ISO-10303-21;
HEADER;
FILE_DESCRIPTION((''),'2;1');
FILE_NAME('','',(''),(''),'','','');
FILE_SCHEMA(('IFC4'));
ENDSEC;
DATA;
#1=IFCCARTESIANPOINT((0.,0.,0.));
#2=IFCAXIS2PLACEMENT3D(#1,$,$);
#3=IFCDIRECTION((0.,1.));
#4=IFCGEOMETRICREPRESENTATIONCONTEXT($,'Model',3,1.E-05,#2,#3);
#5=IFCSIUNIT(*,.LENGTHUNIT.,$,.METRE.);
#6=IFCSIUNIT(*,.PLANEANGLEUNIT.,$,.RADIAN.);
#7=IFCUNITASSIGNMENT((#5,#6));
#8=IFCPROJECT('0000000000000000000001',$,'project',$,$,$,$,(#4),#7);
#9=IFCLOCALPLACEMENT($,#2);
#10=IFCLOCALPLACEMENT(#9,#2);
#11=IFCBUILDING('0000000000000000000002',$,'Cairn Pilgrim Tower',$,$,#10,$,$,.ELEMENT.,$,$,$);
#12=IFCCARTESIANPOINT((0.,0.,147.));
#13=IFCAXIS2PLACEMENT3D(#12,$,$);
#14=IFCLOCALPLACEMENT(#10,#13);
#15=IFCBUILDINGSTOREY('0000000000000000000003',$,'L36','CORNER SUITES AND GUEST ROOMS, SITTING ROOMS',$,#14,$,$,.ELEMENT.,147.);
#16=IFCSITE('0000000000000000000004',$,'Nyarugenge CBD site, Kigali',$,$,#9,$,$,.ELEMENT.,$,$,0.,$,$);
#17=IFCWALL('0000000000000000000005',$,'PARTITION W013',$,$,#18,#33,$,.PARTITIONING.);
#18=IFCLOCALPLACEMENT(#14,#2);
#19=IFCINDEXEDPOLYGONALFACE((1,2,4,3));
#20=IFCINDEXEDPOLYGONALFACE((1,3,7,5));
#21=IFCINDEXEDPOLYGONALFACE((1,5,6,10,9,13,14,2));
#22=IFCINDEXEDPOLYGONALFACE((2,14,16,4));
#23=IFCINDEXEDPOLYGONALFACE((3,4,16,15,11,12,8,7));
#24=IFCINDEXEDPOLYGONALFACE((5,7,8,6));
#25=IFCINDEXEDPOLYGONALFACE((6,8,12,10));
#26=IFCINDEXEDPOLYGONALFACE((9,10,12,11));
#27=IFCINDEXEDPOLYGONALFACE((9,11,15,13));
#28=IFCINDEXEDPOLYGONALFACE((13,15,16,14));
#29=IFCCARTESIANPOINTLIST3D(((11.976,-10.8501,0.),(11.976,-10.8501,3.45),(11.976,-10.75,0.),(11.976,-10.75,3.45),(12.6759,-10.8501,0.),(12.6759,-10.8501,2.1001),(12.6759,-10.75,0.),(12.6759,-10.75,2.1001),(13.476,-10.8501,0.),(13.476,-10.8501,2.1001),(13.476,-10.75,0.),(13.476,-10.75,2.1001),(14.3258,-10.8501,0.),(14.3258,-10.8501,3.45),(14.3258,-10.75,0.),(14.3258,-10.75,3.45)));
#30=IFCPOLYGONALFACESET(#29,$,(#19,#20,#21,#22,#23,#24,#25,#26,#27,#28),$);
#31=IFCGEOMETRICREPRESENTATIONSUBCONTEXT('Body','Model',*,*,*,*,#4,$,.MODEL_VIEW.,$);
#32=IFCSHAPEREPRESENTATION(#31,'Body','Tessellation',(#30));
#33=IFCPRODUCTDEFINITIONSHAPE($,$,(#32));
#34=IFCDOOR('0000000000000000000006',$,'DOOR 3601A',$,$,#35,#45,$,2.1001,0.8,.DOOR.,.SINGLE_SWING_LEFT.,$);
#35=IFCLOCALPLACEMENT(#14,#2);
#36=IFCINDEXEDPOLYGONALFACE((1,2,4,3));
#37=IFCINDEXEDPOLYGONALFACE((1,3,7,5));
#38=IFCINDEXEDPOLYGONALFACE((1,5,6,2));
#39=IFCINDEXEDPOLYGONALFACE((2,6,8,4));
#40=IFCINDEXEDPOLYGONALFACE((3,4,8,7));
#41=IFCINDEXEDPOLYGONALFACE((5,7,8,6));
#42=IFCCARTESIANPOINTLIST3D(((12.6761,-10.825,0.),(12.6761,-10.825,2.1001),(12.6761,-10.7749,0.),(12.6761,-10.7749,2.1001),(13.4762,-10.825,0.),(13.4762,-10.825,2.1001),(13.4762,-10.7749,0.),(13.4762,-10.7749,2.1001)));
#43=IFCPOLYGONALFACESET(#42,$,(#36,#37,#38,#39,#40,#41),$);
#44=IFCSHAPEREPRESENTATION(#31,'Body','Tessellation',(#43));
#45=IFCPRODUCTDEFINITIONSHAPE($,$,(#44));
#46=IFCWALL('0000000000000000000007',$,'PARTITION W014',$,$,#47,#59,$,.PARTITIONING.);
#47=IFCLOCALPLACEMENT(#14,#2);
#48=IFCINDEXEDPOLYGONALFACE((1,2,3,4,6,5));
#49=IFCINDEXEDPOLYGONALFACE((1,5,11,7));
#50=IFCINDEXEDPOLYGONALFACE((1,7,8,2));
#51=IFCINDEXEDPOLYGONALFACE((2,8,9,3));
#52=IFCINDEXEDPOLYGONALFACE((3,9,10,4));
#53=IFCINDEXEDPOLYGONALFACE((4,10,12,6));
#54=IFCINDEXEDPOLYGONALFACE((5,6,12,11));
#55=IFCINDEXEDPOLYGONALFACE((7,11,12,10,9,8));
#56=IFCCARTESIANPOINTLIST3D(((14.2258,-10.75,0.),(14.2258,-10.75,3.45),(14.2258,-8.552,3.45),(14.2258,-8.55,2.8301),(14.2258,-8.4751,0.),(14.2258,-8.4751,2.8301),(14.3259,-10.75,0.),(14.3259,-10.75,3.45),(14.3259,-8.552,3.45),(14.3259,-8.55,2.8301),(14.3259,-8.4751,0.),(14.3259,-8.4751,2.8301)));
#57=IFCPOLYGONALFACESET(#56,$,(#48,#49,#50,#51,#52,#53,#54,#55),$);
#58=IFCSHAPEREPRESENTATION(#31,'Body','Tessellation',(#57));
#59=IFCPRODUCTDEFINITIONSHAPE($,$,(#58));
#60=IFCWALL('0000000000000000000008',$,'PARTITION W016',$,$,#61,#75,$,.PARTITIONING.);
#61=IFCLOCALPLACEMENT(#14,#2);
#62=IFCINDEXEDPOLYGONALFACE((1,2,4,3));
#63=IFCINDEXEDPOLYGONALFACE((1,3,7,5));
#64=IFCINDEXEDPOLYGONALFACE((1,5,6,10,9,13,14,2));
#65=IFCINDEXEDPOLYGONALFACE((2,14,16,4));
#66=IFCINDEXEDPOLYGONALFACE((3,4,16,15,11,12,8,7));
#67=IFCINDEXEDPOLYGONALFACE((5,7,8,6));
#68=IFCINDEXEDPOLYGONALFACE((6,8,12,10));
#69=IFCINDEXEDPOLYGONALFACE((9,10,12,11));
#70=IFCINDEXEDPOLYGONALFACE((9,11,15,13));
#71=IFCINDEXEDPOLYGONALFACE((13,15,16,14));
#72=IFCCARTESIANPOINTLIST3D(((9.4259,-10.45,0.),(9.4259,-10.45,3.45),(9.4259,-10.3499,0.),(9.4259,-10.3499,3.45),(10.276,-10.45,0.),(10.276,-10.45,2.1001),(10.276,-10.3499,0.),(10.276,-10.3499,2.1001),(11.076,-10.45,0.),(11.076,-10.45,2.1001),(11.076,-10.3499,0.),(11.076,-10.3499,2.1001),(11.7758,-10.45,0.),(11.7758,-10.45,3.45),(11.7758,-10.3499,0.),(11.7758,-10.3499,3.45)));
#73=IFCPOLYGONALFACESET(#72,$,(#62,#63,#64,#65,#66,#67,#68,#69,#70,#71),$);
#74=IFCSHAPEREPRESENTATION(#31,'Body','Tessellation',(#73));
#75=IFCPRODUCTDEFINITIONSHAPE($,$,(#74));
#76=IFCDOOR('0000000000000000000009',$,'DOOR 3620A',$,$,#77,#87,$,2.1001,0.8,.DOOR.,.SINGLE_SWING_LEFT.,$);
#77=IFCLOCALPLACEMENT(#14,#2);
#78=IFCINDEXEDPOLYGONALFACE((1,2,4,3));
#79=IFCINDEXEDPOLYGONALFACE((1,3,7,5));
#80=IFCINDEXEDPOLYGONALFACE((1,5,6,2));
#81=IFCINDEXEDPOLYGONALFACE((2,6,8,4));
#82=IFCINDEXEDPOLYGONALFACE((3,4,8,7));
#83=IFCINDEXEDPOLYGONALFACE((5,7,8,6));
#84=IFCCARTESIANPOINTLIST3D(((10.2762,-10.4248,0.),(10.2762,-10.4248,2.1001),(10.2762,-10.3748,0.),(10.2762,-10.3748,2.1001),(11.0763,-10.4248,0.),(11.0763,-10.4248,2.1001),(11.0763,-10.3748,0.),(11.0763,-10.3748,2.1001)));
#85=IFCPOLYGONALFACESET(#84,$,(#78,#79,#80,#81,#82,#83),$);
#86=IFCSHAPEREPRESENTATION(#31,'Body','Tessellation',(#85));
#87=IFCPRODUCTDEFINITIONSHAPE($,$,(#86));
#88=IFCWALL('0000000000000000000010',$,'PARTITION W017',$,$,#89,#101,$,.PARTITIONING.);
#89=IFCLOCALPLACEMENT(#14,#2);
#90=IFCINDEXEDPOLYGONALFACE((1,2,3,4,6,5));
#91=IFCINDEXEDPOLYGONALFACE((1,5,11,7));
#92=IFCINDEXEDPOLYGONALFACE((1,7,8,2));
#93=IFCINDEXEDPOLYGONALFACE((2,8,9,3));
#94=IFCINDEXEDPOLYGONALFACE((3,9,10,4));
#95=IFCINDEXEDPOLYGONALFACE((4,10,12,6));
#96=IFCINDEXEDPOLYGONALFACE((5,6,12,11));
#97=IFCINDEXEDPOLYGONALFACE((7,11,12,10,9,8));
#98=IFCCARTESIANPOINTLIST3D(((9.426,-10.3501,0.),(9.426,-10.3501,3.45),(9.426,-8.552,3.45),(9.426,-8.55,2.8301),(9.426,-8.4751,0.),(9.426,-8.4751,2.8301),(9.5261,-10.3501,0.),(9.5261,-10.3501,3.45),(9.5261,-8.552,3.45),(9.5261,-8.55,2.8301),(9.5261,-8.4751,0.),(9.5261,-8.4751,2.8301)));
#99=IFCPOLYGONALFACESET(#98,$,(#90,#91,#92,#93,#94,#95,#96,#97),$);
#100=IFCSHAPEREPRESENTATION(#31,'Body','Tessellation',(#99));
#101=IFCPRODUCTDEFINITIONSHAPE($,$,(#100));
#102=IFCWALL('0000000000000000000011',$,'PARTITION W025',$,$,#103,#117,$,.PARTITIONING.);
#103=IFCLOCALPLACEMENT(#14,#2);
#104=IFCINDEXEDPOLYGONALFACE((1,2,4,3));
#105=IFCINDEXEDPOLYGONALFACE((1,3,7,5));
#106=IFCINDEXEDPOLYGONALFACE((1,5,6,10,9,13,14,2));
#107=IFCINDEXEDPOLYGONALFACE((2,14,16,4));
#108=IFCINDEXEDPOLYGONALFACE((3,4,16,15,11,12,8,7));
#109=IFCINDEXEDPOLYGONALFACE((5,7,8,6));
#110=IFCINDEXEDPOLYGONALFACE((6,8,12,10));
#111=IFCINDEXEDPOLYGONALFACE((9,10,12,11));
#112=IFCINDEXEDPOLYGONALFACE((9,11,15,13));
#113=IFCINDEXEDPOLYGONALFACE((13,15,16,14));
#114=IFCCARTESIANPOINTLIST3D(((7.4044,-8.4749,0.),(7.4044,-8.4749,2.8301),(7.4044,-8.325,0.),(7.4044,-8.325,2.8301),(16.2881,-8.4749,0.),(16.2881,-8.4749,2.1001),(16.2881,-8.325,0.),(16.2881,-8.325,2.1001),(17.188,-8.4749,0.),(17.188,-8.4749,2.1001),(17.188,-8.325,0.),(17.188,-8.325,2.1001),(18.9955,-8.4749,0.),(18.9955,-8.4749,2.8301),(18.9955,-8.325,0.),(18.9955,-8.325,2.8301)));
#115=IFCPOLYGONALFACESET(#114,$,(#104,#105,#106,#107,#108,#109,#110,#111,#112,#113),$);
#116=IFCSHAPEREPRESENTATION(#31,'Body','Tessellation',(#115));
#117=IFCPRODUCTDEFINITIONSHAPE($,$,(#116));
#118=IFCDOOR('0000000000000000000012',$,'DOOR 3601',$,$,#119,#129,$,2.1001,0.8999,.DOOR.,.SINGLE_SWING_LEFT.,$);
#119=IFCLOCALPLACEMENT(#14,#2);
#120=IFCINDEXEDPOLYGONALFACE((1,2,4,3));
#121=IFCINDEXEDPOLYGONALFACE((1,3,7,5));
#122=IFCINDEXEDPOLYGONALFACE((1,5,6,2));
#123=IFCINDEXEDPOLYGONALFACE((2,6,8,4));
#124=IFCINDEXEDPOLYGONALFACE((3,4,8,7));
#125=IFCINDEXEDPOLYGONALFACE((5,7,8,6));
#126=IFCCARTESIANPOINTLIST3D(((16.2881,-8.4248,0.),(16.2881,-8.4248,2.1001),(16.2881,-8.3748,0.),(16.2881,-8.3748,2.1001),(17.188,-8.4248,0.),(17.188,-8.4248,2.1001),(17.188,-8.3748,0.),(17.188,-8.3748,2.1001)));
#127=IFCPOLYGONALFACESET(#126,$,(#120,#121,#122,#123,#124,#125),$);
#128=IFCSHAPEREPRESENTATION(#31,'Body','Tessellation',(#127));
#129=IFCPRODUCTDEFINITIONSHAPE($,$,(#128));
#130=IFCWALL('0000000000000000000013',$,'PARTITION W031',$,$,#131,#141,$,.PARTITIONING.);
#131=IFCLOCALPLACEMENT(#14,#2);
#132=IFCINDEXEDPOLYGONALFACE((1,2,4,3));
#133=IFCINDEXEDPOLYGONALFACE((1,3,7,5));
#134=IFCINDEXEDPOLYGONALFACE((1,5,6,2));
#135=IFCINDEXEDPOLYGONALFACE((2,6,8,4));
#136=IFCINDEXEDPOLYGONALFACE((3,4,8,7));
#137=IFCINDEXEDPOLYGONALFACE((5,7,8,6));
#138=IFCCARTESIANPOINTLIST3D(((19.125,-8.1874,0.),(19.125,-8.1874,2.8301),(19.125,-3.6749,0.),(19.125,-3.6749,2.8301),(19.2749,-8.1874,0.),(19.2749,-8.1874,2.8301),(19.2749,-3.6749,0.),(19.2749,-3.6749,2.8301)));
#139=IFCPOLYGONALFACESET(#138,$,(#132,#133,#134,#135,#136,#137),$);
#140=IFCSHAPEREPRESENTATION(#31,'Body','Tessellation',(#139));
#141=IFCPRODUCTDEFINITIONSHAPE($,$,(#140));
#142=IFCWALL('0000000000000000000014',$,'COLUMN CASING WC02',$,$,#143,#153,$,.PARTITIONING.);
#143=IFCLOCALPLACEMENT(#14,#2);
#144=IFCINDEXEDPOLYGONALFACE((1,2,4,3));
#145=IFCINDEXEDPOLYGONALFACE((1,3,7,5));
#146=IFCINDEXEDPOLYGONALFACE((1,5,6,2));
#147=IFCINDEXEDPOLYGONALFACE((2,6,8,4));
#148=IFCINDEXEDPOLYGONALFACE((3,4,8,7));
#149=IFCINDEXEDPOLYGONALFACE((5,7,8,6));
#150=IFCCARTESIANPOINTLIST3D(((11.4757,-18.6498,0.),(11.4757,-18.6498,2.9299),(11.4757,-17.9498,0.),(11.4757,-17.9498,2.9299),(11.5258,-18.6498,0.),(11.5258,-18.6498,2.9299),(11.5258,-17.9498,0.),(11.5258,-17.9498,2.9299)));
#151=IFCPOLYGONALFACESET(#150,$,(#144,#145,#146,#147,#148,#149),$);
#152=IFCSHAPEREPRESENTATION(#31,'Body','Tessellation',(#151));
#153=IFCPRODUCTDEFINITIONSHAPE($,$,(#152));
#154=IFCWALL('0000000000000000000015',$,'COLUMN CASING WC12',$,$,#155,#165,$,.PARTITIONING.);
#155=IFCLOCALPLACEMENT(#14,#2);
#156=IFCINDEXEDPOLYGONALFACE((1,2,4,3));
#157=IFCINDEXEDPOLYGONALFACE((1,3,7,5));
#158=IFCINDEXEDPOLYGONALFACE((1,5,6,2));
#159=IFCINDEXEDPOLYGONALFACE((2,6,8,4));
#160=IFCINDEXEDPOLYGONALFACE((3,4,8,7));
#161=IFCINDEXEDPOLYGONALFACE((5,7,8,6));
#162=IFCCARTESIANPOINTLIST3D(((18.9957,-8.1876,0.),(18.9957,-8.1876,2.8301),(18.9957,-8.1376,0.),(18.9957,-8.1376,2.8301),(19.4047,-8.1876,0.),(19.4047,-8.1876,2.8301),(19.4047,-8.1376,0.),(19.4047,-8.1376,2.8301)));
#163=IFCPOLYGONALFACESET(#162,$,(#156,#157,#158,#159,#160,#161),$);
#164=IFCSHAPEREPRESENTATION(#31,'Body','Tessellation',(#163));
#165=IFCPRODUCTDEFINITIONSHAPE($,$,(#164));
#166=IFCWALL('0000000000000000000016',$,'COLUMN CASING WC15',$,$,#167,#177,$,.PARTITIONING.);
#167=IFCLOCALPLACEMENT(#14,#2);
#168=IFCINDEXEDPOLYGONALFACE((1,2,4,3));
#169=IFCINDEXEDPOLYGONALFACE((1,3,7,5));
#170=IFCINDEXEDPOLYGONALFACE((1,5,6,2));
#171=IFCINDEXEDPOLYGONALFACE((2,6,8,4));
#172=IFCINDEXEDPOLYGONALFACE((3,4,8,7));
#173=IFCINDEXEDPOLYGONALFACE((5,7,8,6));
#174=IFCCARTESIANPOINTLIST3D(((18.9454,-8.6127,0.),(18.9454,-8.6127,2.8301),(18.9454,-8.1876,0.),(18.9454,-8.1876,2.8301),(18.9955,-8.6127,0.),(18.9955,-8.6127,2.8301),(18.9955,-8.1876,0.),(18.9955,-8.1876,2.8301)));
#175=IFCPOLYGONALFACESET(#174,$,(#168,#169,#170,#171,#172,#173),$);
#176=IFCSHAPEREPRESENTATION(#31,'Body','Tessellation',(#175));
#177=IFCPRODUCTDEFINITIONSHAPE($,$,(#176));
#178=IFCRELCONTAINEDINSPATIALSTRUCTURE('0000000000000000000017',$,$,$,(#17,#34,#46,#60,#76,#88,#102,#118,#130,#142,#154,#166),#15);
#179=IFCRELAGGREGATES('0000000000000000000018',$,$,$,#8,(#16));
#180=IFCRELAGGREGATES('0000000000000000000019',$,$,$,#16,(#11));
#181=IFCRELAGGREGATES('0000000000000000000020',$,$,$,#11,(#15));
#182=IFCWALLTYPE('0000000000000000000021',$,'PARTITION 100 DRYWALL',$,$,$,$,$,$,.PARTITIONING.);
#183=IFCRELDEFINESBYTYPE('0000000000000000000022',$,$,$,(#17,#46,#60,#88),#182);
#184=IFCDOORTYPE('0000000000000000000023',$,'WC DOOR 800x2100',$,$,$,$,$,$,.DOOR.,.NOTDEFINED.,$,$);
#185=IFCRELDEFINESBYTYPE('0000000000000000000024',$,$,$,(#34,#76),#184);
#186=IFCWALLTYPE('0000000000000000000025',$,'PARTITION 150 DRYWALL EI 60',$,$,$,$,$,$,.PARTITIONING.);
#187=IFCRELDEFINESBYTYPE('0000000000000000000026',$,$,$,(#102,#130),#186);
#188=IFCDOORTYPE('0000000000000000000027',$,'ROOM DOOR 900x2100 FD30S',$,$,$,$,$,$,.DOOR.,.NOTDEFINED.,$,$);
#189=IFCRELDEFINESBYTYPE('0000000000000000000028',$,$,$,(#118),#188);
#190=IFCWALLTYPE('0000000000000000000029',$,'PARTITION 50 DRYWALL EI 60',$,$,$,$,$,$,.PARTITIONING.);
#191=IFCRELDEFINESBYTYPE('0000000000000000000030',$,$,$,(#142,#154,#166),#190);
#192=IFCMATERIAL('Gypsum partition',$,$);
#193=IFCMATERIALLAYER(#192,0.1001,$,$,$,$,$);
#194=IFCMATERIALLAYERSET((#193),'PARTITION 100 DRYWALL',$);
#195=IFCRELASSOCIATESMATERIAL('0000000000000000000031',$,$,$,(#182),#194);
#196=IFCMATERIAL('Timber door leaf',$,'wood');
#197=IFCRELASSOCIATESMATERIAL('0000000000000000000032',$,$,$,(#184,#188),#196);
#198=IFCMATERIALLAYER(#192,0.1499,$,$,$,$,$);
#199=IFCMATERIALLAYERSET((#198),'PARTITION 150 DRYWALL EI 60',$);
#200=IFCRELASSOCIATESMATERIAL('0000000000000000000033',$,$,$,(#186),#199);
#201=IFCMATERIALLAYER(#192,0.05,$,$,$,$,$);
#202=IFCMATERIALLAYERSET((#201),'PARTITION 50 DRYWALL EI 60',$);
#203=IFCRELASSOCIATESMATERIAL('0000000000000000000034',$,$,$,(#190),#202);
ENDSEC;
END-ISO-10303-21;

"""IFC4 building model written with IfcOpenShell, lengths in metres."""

from ifc_helpers import new_model, si_unit, direction, frame, frame_2d, origin, place, context, subcontext, project, spatial, polyline, rectangle, outline, extrude, material, layer, layer_set, type_object, element, fill, save


model = new_model("IFC4")

# Units and contexts
model_context = context("Model", 3, precision=1e-05, world=origin(), true_north=direction((0.0, 1.0)))
body_context = subcontext(model_context, "Body", "Model", "MODEL_VIEW")
ifc_project = project(units=[si_unit("LENGTHUNIT", "METRE"), si_unit("PLANEANGLEUNIT", "RADIAN")], contexts=[model_context])

# Site, building, storey
site_placement = place(None, origin())
site = spatial("IfcSite", under=ifc_project, at=site_placement, Name="Nyarugenge CBD site, Kigali", CompositionType="ELEMENT", RefElevation=0.0)
building_placement = place(site_placement, origin())
building = spatial("IfcBuilding", under=site, at=building_placement, Name="Cairn Pilgrim Tower", CompositionType="ELEMENT")
storey_placement = place(building_placement, frame((0.0, 0.0, 147.0)))
storey = spatial("IfcBuildingStorey", under=building, at=storey_placement, Name="L36", Description="CORNER SUITES AND GUEST ROOMS, SITTING ROOMS", CompositionType="ELEMENT", Elevation=147.0)

# Wall, opening, door
ifc_material_1 = material(Name="Gypsum partition")
ifc_layer_1 = layer(ifc_material_1, 0.1001)
ifc_layer_set_1 = layer_set([ifc_layer_1], Name="PARTITION 100 DRYWALL")
wall_type_1 = type_object("IfcWallType", Name="PARTITION 100 DRYWALL", PredefinedType="PARTITIONING", material=ifc_layer_set_1)
wall_1_placement = place(storey_placement, frame((11.9761, -10.8, 0.0), z_axis=(0.0, 0.0, 1.0), x_axis=(1.0, 0.0, 0.0)))
wall_1 = element("IfcWall", 1, at=wall_1_placement, inside=storey, type_object=wall_type_1, Name="PARTITION W013", PredefinedType="PARTITIONING", context=body_context, shape_type="SweptSolid", body=[
    extrude(rectangle(XDim=2.3499, YDim=0.1001, at=frame_2d((1.1748, 0.0))), origin(), (0.0, 0.0, 1.0), 3.45),
])
opening_1_placement = place(wall_1_placement, frame((0.7, 0.0, 0.0)))
opening_1 = element("IfcOpeningElement", 2, at=opening_1_placement, cuts=wall_1, PredefinedType="OPENING", context=body_context, shape_type="SweptSolid", body=[
    extrude(rectangle(XDim=0.8, YDim=2.1001, at=frame_2d((0.3999, 1.05))), frame((0.0, 0.0601, 0.0), z_axis=(0.0, -1.0, 0.0), x_axis=(1.0, 0.0, 0.0)), (0.0, 0.0, 1.0), 0.1201),
])
ifc_material_2 = material(Name="Timber door leaf", Category="wood")
door_type_1 = type_object("IfcDoorType", Name="WC DOOR 800x2100", OperationType="NOTDEFINED", PredefinedType="DOOR", material=ifc_material_2)
door_1_placement = place(opening_1_placement, frame((0.8, 0.0, 0.0), z_axis=(0.0, 0.0, 1.0), x_axis=(-1.0, 0.0, 0.0)))
door_1 = element("IfcDoor", 3, at=door_1_placement, inside=storey, type_object=door_type_1, Name="DOOR 3601A", OperationType="SINGLE_SWING_LEFT", OverallHeight=2.1001, OverallWidth=0.8, PredefinedType="DOOR", context=body_context, shape_type="SweptSolid", body=[
    extrude(rectangle(XDim=0.8, YDim=2.1001, at=frame_2d((0.3999, 1.05))), frame((0.0, 0.0249, 0.0), z_axis=(0.0, -1.0, 0.0), x_axis=(1.0, 0.0, 0.0)), (0.0, 0.0, 1.0), 0.05),
])
fill(opening_1, door_1)

# Wall
wall_2_placement = place(storey_placement, frame((14.2759, -10.75, 0.0), z_axis=(0.0, 0.0, 1.0), x_axis=(0.0, 1.0, 0.0)))
element("IfcWall", 4, at=wall_2_placement, inside=storey, type_object=wall_type_1, Name="PARTITION W014", PredefinedType="PARTITIONING", context=body_context, shape_type="SweptSolid", body=[
    extrude(outline(polyline([(0.0, 0.0), (2.2749, 0.0), (2.2749, 2.8301), (2.2, 2.8301), (2.198, 3.45), (0.0, 3.45), (0.0, 0.0)])), frame((0.0, 0.05, 0.0), z_axis=(0.0, -1.0, 0.0), x_axis=(1.0, 0.0, 0.0)), (0.0, 0.0, 1.0), 0.1001),
])

# Wall, opening, door
wall_3_placement = place(storey_placement, frame((9.426, -10.3999, 0.0), z_axis=(0.0, 0.0, 1.0), x_axis=(1.0, 0.0, 0.0)))
wall_3 = element("IfcWall", 5, at=wall_3_placement, inside=storey, type_object=wall_type_1, Name="PARTITION W016", PredefinedType="PARTITIONING", context=body_context, shape_type="SweptSolid", body=[
    extrude(rectangle(XDim=2.3499, YDim=0.1001, at=frame_2d((1.1748, 0.0))), origin(), (0.0, 0.0, 1.0), 3.45),
])
opening_2_placement = place(wall_3_placement, frame((0.8501, 0.0, 0.0)))
opening_2 = element("IfcOpeningElement", 6, at=opening_2_placement, cuts=wall_3, PredefinedType="OPENING", context=body_context, shape_type="SweptSolid", body=[
    extrude(rectangle(XDim=0.8, YDim=2.1001, at=frame_2d((0.3999, 1.05))), frame((0.0, 0.0601, 0.0), z_axis=(0.0, -1.0, 0.0), x_axis=(1.0, 0.0, 0.0)), (0.0, 0.0, 1.0), 0.1201),
])
door_2_placement = place(opening_2_placement, frame((0.8, 0.0, 0.0), z_axis=(0.0, 0.0, 1.0), x_axis=(-1.0, 0.0, 0.0)))
door_2 = element("IfcDoor", 7, at=door_2_placement, inside=storey, type_object=door_type_1, Name="DOOR 3620A", OperationType="SINGLE_SWING_LEFT", OverallHeight=2.1001, OverallWidth=0.8, PredefinedType="DOOR", context=body_context, shape_type="SweptSolid", body=[
    extrude(rectangle(XDim=0.8, YDim=2.1001, at=frame_2d((0.3999, 1.05))), frame((0.0, 0.0249, 0.0), z_axis=(0.0, -1.0, 0.0), x_axis=(1.0, 0.0, 0.0)), (0.0, 0.0, 1.0), 0.05),
])
fill(opening_2, door_2)

# Wall
wall_4_placement = place(storey_placement, frame((9.4761, -10.3501, 0.0), z_axis=(0.0, 0.0, 1.0), x_axis=(0.0, 1.0, 0.0)))
element("IfcWall", 8, at=wall_4_placement, inside=storey, type_object=wall_type_1, Name="PARTITION W017", PredefinedType="PARTITIONING", context=body_context, shape_type="SweptSolid", body=[
    extrude(outline(polyline([(0.0, 0.0), (1.875, 0.0), (1.875, 2.8301), (1.8, 2.8301), (1.7981, 3.45), (0.0, 3.45), (0.0, 0.0)])), frame((0.0, 0.05, 0.0), z_axis=(0.0, -1.0, 0.0), x_axis=(1.0, 0.0, 0.0)), (0.0, 0.0, 1.0), 0.1001),
])

# Wall, opening, door
ifc_layer_2 = layer(ifc_material_1, 0.1499)
ifc_layer_set_2 = layer_set([ifc_layer_2], Name="PARTITION 150 DRYWALL EI 60")
wall_type_2 = type_object("IfcWallType", Name="PARTITION 150 DRYWALL EI 60", PredefinedType="PARTITIONING", material=ifc_layer_set_2)
wall_5_placement = place(storey_placement, frame((7.4045, -8.3999, 0.0), z_axis=(0.0, 0.0, 1.0), x_axis=(1.0, 0.0, 0.0)))
wall_5 = element("IfcWall", 9, at=wall_5_placement, inside=storey, type_object=wall_type_2, Name="PARTITION W025", PredefinedType="PARTITIONING", context=body_context, shape_type="SweptSolid", body=[
    extrude(rectangle(XDim=11.5911, YDim=0.1499, at=frame_2d((5.7954, 0.0))), origin(), (0.0, 0.0, 1.0), 2.8301),
])
opening_3_placement = place(wall_5_placement, frame((8.8835, 0.0, 0.0)))
opening_3 = element("IfcOpeningElement", 10, at=opening_3_placement, cuts=wall_5, PredefinedType="OPENING", context=body_context, shape_type="SweptSolid", body=[
    extrude(rectangle(XDim=0.8999, YDim=2.1001, at=frame_2d((0.45, 1.05))), frame((0.0, 0.085, 0.0), z_axis=(0.0, -1.0, 0.0), x_axis=(1.0, 0.0, 0.0)), (0.0, 0.0, 1.0), 0.1699),
])
door_type_2 = type_object("IfcDoorType", Name="ROOM DOOR 900x2100 FD30S", OperationType="NOTDEFINED", PredefinedType="DOOR", material=ifc_material_2)
door_3_placement = place(opening_3_placement, frame((0.8999, 0.0, 0.0), z_axis=(0.0, 0.0, 1.0), x_axis=(-1.0, 0.0, 0.0)))
door_3 = element("IfcDoor", 11, at=door_3_placement, inside=storey, type_object=door_type_2, Name="DOOR 3601", OperationType="SINGLE_SWING_LEFT", OverallHeight=2.1001, OverallWidth=0.8999, PredefinedType="DOOR", context=body_context, shape_type="SweptSolid", body=[
    extrude(rectangle(XDim=0.8999, YDim=2.1001, at=frame_2d((0.45, 1.05))), frame((0.0, 0.0249, 0.0), z_axis=(0.0, -1.0, 0.0), x_axis=(1.0, 0.0, 0.0)), (0.0, 0.0, 1.0), 0.05),
])
fill(opening_3, door_3)

# Walls
wall_6_placement = place(storey_placement, frame((19.2, -8.1875, 0.0), z_axis=(0.0, 0.0, 1.0), x_axis=(0.0, 1.0, 0.0)))
element("IfcWall", 12, at=wall_6_placement, inside=storey, type_object=wall_type_2, Name="PARTITION W031", PredefinedType="PARTITIONING", context=body_context, shape_type="SweptSolid", body=[
    extrude(rectangle(XDim=4.5125, YDim=0.1499, at=frame_2d((2.2563, 0.0))), origin(), (0.0, 0.0, 1.0), 2.8301),
])
ifc_layer_3 = layer(ifc_material_1, 0.05)
ifc_layer_set_3 = layer_set([ifc_layer_3], Name="PARTITION 50 DRYWALL EI 60")
wall_type_3 = type_object("IfcWallType", Name="PARTITION 50 DRYWALL EI 60", PredefinedType="PARTITIONING", material=ifc_layer_set_3)
wall_7_placement = place(storey_placement, frame((11.5007, -18.6499, 0.0), z_axis=(0.0, 0.0, 1.0), x_axis=(0.0, 1.0, 0.0)))
element("IfcWall", 13, at=wall_7_placement, inside=storey, type_object=wall_type_3, Name="COLUMN CASING WC02", PredefinedType="PARTITIONING", context=body_context, shape_type="SweptSolid", body=[
    extrude(rectangle(XDim=0.7, YDim=0.05, at=frame_2d((0.3501, 0.0))), origin(), (0.0, 0.0, 1.0), 2.9299),
])
wall_8_placement = place(storey_placement, frame((18.9956, -8.1626, 0.0), z_axis=(0.0, 0.0, 1.0), x_axis=(1.0, 0.0, 0.0)))
element("IfcWall", 14, at=wall_8_placement, inside=storey, type_object=wall_type_3, Name="COLUMN CASING WC12", PredefinedType="PARTITIONING", context=body_context, shape_type="SweptSolid", body=[
    extrude(rectangle(XDim=0.4089, YDim=0.05, at=frame_2d((0.2046, 0.0))), origin(), (0.0, 0.0, 1.0), 2.8301),
])
wall_9_placement = place(storey_placement, frame((18.9705, -8.6125, 0.0), z_axis=(0.0, 0.0, 1.0), x_axis=(0.0, 1.0, 0.0)))
element("IfcWall", 15, at=wall_9_placement, inside=storey, type_object=wall_type_3, Name="COLUMN CASING WC15", PredefinedType="PARTITIONING", context=body_context, shape_type="SweptSolid", body=[
    extrude(rectangle(XDim=0.425, YDim=0.05, at=frame_2d((0.2124, 0.0))), origin(), (0.0, 0.0, 1.0), 2.8301),
])

save(model, "model.ifc")
